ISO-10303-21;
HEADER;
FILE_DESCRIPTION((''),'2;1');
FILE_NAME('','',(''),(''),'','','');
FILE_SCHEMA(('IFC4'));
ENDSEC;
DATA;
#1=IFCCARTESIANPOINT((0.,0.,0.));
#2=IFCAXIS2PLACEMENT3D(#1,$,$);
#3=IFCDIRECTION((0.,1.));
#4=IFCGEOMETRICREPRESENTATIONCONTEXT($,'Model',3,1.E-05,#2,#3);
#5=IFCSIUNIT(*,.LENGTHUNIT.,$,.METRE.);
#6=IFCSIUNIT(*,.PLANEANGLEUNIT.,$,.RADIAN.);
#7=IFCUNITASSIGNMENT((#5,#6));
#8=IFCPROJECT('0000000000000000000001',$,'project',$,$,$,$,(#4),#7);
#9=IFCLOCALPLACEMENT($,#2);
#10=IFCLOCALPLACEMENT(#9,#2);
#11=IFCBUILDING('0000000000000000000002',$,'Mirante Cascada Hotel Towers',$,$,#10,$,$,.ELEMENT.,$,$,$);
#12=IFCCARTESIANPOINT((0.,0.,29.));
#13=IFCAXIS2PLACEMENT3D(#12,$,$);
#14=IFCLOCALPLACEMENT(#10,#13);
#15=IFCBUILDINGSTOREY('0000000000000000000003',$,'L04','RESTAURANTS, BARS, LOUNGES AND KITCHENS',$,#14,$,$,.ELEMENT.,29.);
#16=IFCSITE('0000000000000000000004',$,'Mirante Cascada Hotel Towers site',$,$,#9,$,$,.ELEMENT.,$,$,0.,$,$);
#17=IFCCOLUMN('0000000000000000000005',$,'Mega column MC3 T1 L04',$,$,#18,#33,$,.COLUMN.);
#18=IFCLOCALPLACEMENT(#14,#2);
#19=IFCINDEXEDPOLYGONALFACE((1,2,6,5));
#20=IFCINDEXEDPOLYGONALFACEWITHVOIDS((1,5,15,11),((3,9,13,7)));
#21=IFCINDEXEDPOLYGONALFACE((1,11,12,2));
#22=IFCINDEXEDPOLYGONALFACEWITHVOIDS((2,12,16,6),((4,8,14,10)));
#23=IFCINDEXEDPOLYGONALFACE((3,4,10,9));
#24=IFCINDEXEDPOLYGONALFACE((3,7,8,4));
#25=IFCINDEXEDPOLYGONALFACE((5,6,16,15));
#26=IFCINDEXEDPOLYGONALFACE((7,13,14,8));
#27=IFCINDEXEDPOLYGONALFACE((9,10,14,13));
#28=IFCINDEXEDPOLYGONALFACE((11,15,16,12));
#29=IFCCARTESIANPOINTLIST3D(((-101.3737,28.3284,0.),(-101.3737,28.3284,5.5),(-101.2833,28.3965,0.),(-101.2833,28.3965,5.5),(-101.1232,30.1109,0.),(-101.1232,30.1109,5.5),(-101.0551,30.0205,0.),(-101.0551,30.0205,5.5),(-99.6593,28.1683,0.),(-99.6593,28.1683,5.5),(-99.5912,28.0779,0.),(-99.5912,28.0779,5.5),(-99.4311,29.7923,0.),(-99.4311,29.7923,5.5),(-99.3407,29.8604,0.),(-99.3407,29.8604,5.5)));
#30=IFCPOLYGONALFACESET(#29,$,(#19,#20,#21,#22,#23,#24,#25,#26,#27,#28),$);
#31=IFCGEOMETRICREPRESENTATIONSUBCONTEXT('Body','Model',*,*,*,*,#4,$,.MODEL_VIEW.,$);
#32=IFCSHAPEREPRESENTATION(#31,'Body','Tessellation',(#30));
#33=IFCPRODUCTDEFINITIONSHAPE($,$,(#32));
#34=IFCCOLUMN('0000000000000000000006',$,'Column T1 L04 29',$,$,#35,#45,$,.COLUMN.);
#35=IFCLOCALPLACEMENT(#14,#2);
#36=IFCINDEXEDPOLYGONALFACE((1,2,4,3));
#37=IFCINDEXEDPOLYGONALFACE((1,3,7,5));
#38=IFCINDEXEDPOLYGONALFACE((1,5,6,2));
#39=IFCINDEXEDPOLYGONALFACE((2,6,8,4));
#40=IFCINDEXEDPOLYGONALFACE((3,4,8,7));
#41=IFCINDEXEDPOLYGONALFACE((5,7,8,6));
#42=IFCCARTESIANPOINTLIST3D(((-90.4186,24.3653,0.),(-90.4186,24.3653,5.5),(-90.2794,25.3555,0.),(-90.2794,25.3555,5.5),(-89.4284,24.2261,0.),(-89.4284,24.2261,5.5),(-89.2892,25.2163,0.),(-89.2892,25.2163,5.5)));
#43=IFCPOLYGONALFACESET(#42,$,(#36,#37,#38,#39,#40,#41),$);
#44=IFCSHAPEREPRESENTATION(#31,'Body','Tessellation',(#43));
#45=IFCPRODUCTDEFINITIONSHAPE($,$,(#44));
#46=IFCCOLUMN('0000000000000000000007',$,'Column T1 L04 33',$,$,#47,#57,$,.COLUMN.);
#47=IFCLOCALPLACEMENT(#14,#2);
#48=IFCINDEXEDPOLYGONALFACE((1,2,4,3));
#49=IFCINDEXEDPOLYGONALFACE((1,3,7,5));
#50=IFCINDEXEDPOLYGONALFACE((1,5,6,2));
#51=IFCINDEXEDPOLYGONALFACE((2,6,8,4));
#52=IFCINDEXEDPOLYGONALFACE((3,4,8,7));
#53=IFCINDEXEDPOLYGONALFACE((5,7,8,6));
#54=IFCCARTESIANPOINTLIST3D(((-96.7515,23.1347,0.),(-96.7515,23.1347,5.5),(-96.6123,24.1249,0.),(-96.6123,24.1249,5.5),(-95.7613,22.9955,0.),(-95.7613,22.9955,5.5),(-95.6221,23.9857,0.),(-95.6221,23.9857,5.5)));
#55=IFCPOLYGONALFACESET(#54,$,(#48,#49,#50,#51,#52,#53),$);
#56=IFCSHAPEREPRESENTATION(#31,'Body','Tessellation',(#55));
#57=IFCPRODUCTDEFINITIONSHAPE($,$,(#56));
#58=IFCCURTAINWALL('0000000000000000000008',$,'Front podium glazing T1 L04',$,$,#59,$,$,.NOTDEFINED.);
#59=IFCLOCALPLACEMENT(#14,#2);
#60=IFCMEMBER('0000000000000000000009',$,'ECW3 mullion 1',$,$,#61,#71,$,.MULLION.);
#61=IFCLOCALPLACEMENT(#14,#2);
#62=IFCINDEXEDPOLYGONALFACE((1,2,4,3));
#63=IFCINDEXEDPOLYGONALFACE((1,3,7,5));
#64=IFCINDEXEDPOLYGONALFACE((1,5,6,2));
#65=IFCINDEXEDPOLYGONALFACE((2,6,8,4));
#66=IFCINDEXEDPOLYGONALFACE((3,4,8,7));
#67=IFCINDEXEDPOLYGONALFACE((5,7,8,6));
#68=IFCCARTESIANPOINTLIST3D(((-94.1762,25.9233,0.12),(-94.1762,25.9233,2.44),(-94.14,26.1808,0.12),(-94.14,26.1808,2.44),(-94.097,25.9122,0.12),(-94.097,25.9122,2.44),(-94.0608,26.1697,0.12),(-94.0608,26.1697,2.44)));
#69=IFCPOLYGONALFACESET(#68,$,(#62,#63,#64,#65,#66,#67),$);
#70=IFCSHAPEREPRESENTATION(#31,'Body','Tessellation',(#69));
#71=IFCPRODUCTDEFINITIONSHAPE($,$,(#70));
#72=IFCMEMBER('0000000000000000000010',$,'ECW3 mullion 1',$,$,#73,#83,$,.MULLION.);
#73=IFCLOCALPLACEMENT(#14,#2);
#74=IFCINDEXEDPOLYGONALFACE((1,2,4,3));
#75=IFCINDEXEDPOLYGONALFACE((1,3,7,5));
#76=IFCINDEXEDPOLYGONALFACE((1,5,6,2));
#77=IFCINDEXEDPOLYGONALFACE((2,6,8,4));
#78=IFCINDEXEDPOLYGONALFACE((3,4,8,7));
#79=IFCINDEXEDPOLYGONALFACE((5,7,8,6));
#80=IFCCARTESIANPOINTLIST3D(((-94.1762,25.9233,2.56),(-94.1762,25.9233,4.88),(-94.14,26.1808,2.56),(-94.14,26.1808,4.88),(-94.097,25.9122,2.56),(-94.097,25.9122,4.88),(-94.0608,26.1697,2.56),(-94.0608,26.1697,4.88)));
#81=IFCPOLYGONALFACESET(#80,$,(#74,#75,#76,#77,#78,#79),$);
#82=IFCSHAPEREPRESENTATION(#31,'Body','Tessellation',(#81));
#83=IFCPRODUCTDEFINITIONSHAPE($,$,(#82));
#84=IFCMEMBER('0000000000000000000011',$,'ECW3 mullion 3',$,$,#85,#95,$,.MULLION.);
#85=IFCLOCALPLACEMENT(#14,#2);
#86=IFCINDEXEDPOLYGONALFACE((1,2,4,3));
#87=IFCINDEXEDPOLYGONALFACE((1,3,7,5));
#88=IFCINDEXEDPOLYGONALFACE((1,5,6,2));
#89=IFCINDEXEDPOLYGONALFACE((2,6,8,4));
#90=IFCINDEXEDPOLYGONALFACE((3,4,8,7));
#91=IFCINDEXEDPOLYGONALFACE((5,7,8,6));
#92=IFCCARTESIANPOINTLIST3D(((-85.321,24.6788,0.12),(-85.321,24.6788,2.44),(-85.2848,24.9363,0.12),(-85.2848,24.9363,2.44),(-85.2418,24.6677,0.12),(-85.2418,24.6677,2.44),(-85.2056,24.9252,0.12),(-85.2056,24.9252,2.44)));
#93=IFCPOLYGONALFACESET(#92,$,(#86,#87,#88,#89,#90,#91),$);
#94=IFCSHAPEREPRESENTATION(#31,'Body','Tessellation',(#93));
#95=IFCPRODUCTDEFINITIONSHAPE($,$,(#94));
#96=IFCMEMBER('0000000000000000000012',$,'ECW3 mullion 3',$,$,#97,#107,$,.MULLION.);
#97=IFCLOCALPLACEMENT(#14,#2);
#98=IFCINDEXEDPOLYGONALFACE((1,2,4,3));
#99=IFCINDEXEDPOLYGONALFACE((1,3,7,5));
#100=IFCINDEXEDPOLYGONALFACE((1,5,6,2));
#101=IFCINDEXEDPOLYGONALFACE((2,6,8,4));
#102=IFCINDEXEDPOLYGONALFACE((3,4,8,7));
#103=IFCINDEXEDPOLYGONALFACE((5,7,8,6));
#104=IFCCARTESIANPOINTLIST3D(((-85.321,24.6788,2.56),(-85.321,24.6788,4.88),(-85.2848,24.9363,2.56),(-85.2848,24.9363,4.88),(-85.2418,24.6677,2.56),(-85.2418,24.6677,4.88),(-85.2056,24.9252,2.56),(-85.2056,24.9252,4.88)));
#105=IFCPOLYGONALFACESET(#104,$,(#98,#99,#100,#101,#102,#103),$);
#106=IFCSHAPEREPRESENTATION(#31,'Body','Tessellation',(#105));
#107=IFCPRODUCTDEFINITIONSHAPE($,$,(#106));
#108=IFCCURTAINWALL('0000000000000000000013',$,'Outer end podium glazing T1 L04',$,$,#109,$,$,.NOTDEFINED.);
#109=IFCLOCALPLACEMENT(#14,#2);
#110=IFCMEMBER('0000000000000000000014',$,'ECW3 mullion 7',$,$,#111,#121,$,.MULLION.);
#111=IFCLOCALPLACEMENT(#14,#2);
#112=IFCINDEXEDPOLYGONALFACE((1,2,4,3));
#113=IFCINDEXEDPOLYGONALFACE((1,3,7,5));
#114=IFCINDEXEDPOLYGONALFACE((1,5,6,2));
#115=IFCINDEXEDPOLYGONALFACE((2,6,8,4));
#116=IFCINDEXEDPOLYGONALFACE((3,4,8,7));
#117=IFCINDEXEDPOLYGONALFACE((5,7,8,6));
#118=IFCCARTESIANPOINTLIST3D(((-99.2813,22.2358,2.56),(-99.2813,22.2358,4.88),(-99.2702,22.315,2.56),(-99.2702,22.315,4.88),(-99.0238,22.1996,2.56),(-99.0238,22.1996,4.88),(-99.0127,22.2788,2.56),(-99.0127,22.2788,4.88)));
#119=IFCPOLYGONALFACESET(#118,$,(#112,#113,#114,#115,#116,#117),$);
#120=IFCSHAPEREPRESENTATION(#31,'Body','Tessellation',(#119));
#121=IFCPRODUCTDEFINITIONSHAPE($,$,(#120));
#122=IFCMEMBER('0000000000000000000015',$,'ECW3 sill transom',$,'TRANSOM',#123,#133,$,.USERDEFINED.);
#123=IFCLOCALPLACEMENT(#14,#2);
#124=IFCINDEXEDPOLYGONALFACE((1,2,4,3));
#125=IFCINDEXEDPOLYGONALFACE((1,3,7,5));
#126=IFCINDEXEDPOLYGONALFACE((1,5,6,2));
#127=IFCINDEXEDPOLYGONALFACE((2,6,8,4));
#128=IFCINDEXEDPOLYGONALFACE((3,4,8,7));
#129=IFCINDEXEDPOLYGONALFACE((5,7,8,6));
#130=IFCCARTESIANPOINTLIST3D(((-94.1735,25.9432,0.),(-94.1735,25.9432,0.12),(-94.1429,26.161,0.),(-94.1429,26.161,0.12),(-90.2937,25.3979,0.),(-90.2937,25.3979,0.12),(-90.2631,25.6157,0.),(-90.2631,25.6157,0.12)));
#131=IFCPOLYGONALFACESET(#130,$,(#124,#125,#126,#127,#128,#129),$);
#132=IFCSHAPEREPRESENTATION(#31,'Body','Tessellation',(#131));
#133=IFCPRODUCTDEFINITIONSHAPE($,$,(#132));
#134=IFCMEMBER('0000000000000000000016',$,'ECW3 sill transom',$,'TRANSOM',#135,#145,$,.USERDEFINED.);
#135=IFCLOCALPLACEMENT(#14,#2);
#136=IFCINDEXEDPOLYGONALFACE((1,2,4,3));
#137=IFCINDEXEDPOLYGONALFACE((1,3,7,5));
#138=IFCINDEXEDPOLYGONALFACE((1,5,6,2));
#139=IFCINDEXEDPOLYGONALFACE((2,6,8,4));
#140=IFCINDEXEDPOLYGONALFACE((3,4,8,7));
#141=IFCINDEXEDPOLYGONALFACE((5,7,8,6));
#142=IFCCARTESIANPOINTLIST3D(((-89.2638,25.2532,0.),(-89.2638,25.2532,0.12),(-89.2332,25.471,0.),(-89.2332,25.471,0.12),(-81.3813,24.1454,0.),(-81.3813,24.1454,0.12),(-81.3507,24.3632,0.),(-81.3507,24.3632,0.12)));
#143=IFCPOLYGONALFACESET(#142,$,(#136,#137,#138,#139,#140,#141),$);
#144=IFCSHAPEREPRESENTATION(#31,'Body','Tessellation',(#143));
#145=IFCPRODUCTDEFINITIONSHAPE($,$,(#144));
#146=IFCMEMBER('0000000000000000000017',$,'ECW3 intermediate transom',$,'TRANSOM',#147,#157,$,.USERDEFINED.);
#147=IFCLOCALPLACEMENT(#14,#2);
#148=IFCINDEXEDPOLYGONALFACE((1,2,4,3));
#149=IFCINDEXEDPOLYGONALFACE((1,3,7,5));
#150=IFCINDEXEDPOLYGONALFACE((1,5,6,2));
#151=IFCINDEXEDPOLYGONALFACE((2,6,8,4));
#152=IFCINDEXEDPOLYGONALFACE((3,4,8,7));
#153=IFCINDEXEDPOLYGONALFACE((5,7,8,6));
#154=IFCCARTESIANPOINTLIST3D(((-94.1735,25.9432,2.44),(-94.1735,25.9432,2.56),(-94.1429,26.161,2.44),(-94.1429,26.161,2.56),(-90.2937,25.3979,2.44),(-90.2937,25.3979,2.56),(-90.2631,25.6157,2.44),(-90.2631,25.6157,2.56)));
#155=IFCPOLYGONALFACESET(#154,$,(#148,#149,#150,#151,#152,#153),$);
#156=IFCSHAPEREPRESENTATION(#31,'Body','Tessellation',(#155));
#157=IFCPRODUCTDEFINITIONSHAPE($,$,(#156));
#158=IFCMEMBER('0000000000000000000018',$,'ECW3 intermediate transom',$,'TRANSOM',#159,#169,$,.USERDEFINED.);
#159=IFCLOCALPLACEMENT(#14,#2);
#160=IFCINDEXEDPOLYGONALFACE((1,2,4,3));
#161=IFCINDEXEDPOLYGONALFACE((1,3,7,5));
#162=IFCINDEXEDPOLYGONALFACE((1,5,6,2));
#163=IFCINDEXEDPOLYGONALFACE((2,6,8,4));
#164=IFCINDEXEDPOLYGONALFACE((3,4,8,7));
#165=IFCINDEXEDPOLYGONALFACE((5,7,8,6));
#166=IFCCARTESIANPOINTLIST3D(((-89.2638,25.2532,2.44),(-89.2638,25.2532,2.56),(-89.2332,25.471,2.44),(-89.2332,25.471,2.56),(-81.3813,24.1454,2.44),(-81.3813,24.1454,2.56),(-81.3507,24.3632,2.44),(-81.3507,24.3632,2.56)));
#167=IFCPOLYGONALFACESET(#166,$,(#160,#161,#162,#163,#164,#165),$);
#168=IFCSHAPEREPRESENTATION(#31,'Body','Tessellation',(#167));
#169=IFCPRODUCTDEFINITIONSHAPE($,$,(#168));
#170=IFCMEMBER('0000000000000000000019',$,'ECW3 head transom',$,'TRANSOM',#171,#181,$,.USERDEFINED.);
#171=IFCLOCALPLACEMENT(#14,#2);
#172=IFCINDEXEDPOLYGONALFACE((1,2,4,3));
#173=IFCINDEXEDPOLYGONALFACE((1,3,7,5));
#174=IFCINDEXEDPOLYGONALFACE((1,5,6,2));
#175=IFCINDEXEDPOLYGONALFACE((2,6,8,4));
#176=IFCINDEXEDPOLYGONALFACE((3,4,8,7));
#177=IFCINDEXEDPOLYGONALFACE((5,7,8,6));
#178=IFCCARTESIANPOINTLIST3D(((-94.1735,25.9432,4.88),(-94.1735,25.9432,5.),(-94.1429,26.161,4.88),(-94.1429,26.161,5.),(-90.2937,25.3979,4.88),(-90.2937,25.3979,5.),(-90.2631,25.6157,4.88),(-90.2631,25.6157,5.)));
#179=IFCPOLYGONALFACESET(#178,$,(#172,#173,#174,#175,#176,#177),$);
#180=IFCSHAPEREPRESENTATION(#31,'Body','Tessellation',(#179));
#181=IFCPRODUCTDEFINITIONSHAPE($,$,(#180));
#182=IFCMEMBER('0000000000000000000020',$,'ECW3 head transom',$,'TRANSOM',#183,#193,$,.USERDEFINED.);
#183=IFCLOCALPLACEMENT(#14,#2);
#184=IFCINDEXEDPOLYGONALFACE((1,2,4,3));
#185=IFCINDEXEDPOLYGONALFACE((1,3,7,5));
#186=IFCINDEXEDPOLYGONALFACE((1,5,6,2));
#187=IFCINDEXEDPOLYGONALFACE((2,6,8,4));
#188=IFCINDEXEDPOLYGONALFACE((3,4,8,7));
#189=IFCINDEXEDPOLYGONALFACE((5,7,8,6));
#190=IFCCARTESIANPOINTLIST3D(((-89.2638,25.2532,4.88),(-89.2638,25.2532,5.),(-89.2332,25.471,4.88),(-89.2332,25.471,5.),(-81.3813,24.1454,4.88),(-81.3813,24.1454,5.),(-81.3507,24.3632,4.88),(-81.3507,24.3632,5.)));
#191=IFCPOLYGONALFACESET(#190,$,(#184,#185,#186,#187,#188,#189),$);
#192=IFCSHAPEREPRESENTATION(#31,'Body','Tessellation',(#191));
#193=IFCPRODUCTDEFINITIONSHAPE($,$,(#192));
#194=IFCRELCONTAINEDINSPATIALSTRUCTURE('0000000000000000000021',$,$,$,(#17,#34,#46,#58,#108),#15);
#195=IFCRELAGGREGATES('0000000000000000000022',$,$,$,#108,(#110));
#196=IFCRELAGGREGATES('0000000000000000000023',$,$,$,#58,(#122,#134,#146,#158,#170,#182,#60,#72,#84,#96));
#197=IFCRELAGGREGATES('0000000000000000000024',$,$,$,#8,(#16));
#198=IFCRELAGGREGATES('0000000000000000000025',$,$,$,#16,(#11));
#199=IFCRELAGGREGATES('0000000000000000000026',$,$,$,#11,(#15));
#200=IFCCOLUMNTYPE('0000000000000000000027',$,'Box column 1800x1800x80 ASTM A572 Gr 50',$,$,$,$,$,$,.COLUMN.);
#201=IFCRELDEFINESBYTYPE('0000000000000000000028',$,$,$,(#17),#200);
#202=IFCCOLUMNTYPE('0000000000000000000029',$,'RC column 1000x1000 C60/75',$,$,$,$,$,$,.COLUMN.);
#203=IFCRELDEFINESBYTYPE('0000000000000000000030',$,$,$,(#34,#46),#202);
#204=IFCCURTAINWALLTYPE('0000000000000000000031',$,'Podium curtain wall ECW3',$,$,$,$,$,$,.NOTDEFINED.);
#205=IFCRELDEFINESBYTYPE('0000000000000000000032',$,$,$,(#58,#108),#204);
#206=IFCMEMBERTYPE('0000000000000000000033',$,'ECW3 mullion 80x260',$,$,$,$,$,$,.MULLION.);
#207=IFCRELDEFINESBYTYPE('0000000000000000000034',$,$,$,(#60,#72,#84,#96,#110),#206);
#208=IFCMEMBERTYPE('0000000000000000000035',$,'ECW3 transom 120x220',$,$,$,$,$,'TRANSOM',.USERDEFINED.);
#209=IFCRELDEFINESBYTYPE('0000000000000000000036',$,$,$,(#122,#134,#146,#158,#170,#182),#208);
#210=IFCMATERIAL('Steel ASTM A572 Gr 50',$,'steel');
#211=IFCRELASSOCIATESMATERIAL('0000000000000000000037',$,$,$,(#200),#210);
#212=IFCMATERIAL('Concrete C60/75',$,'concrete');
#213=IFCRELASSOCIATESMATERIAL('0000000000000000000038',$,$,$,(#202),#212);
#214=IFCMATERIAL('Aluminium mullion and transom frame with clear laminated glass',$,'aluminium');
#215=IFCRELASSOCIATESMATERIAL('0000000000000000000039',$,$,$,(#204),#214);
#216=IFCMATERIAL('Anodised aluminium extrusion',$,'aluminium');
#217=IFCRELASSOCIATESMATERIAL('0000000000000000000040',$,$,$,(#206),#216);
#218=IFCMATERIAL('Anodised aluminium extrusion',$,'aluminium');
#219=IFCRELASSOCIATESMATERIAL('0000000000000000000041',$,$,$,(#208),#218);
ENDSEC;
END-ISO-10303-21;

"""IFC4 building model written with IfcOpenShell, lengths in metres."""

from ifc_helpers import new_model, si_unit, direction, frame, origin, origin_2d, place, context, subcontext, project, spatial, rectangle, hollow_rectangle, extrude, material, material_profile, profile_set, type_object, element, aggregate, save


model = new_model("IFC4")

# Units and contexts
model_context = context("Model", 3, precision=1e-05, world=origin(), true_north=direction((0.0, 1.0)))
body_context = subcontext(model_context, "Body", "Model", "MODEL_VIEW")
ifc_project = project(units=[si_unit("LENGTHUNIT", "METRE"), si_unit("PLANEANGLEUNIT", "RADIAN")], contexts=[model_context])

# Site, building, storey
site_placement = place(None, origin())
site = spatial("IfcSite", under=ifc_project, at=site_placement, Name="Mirante Cascada Hotel Towers site", CompositionType="ELEMENT", RefElevation=0.0)
building_placement = place(site_placement, origin())
building = spatial("IfcBuilding", under=site, at=building_placement, Name="Mirante Cascada Hotel Towers", CompositionType="ELEMENT")
storey_placement = place(building_placement, frame((0.0, 0.0, 29.0)))
storey = spatial("IfcBuildingStorey", under=building, at=storey_placement, Name="L04", Description="RESTAURANTS, BARS, LOUNGES AND KITCHENS", CompositionType="ELEMENT", Elevation=29.0)

# Columns
ifc_material_1 = material(Name="Steel ASTM A572 Gr 50", Category="steel")
ifc_material_profile_1 = material_profile(ifc_material_1, hollow_rectangle(XDim=1.8, YDim=1.8, WallThickness=0.08, at=origin_2d()), Name="Box column 1800x1800x80 ASTM A572 Gr 50")
ifc_profile_set_1 = profile_set([ifc_material_profile_1], Name="Steel ASTM A572 Gr 50")
column_type_1 = type_object("IfcColumnType", Name="Box column 1800x1800x80 ASTM A572 Gr 50", PredefinedType="COLUMN", material=ifc_profile_set_1)
column_placement = place(storey_placement, frame((-100.3572, 29.0944, 0.0), z_axis=(0.0, 0.0, 1.0), x_axis=(-0.990268, 0.139173, 0.0)))
element("IfcColumn", 1, at=column_placement, inside=storey, type_object=column_type_1, Name="Mega column MC3 T1 L04", PredefinedType="COLUMN", context=body_context, shape_type="SweptSolid", body=[
    extrude(hollow_rectangle(XDim=1.8, YDim=1.8, WallThickness=0.08, at=origin_2d()), origin(), (0.0, 0.0, 1.0), 5.5),
])
ifc_material_2 = material(Name="Concrete C60/75", Category="concrete")
ifc_material_profile_2 = material_profile(ifc_material_2, rectangle(XDim=1.0, YDim=1.0, at=origin_2d()), Name="RC column 1000x1000 C60/75")
ifc_profile_set_2 = profile_set([ifc_material_profile_2], Name="Concrete C60/75")
column_type_2 = type_object("IfcColumnType", Name="RC column 1000x1000 C60/75", PredefinedType="COLUMN", material=ifc_profile_set_2)
for number, where, z_axis, x_axis, name in (
    (2, (-89.8539, 24.7908, 0.0), (0.0, 0.0, 1.0), (-0.990268, 0.139173, 0.0), "Column T1 L04 29"),
    (3, (-96.1868, 23.5602, 0.0), (0.0, 0.0, 1.0), (-0.990268, 0.139173, 0.0), "Column T1 L04 33"),
):
    element("IfcColumn", number, at=place(storey_placement, frame(where, z_axis=z_axis, x_axis=x_axis)), inside=storey, type_object=column_type_2, Name=name, PredefinedType="COLUMN", context=body_context, shape_type="SweptSolid", body=[
        extrude(rectangle(XDim=1.0, YDim=1.0, at=origin_2d()), origin(), (0.0, 0.0, 1.0), 5.5),
    ])

# Curtain wall, members
ifc_material_3 = material(Name="Aluminium mullion and transom frame with clear laminated glass", Category="aluminium")
curtain_wall_type = type_object("IfcCurtainWallType", Name="Podium curtain wall ECW3", PredefinedType="NOTDEFINED", material=ifc_material_3)
curtain_wall_1_placement = place(storey_placement, origin())
curtain_wall_1 = element("IfcCurtainWall", 4, at=curtain_wall_1_placement, inside=storey, type_object=curtain_wall_type, Name="Front podium glazing T1 L04", PredefinedType="NOTDEFINED")
ifc_material_4 = material(Name="Anodised aluminium extrusion", Category="aluminium")
ifc_material_profile_3 = material_profile(ifc_material_4, rectangle(XDim=0.26, YDim=0.08, at=origin_2d()), Name="ECW3 MULLION 80x260")
ifc_profile_set_3 = profile_set([ifc_material_profile_3], Name="Anodised aluminium extrusion")
member_type_1 = type_object("IfcMemberType", Name="ECW3 mullion 80x260", PredefinedType="MULLION", material=ifc_profile_set_3)
member_1_placement = place(storey_placement, frame((-94.1185, 26.0465, 0.12), z_axis=(0.0, 0.0, 1.0), x_axis=(0.139173, 0.990268, 0.0)))
member_1 = element("IfcMember", 5, at=member_1_placement, type_object=member_type_1, Name="ECW3 mullion 1", PredefinedType="MULLION", context=body_context, shape_type="SweptSolid", body=[
    extrude(rectangle(XDim=0.26, YDim=0.08, at=origin_2d()), origin(), (0.0, 0.0, 1.0), 2.32),
])
member_2_placement = place(storey_placement, frame((-94.1185, 26.0465, 2.56), z_axis=(0.0, 0.0, 1.0), x_axis=(0.139173, 0.990268, 0.0)))
member_2 = element("IfcMember", 6, at=member_2_placement, type_object=member_type_1, Name="ECW3 mullion 1", PredefinedType="MULLION", context=body_context, shape_type="SweptSolid", body=[
    extrude(rectangle(XDim=0.26, YDim=0.08, at=origin_2d()), origin(), (0.0, 0.0, 1.0), 2.32),
])
member_3_placement = place(storey_placement, frame((-85.2633, 24.802, 0.12), z_axis=(0.0, 0.0, 1.0), x_axis=(0.139173, 0.990268, 0.0)))
member_3 = element("IfcMember", 7, at=member_3_placement, type_object=member_type_1, Name="ECW3 mullion 3", PredefinedType="MULLION", context=body_context, shape_type="SweptSolid", body=[
    extrude(rectangle(XDim=0.26, YDim=0.08, at=origin_2d()), origin(), (0.0, 0.0, 1.0), 2.32),
])
member_4_placement = place(storey_placement, frame((-85.2633, 24.802, 2.56), z_axis=(0.0, 0.0, 1.0), x_axis=(0.139173, 0.990268, 0.0)))
member_4 = element("IfcMember", 8, at=member_4_placement, type_object=member_type_1, Name="ECW3 mullion 3", PredefinedType="MULLION", context=body_context, shape_type="SweptSolid", body=[
    extrude(rectangle(XDim=0.26, YDim=0.08, at=origin_2d()), origin(), (0.0, 0.0, 1.0), 2.32),
])

# Curtain wall, member
curtain_wall_2_placement = place(storey_placement, origin())
curtain_wall_2 = element("IfcCurtainWall", 9, at=curtain_wall_2_placement, inside=storey, type_object=curtain_wall_type, Name="Outer end podium glazing T1 L04", PredefinedType="NOTDEFINED")
member_5_placement = place(storey_placement, frame((-99.147, 22.2573, 2.56), z_axis=(0.0, 0.0, 1.0), x_axis=(-0.990268, 0.139173, 0.0)))
member_5 = element("IfcMember", 10, at=member_5_placement, type_object=member_type_1, Name="ECW3 mullion 7", PredefinedType="MULLION", context=body_context, shape_type="SweptSolid", body=[
    extrude(rectangle(XDim=0.26, YDim=0.08, at=origin_2d()), origin(), (0.0, 0.0, 1.0), 2.32),
])
aggregate(curtain_wall_2, [member_5])

# Members
ifc_material_5 = material(Name="Anodised aluminium extrusion", Category="aluminium")
ifc_material_profile_4 = material_profile(ifc_material_5, rectangle(XDim=0.22, YDim=0.12, at=origin_2d()), Name="ECW3 TRANSOM 120x220")
ifc_profile_set_4 = profile_set([ifc_material_profile_4], Name="Anodised aluminium extrusion")
member_type_2 = type_object("IfcMemberType", Name="ECW3 transom 120x220", ElementType="TRANSOM", PredefinedType="USERDEFINED", material=ifc_profile_set_4)
member_6_placement = place(storey_placement, frame((-94.1582, 26.0521, 0.06), z_axis=(0.990267, -0.139181, 0.0), x_axis=(0.139181, 0.990267, 0.0)))
member_6 = element("IfcMember", 11, at=member_6_placement, type_object=member_type_2, Name="ECW3 sill transom", ObjectType="TRANSOM", PredefinedType="USERDEFINED", context=body_context, shape_type="SweptSolid", body=[
    extrude(rectangle(XDim=0.22, YDim=0.12, at=origin_2d()), origin(), (0.0, 0.0, 1.0), 3.9179),
])
member_7_placement = place(storey_placement, frame((-89.2485, 25.3621, 0.06), z_axis=(0.990268, -0.139172, 0.0), x_axis=(0.139172, 0.990268, 0.0)))
member_7 = element("IfcMember", 12, at=member_7_placement, type_object=member_type_2, Name="ECW3 sill transom", ObjectType="TRANSOM", PredefinedType="USERDEFINED", context=body_context, shape_type="SweptSolid", body=[
    extrude(rectangle(XDim=0.22, YDim=0.12, at=origin_2d()), origin(), (0.0, 0.0, 1.0), 7.96),
])
member_8_placement = place(storey_placement, frame((-94.1582, 26.0521, 2.5), z_axis=(0.990267, -0.139181, 0.0), x_axis=(0.139181, 0.990267, 0.0)))
member_8 = element("IfcMember", 13, at=member_8_placement, type_object=member_type_2, Name="ECW3 intermediate transom", ObjectType="TRANSOM", PredefinedType="USERDEFINED", context=body_context, shape_type="SweptSolid", body=[
    extrude(rectangle(XDim=0.22, YDim=0.12, at=origin_2d()), origin(), (0.0, 0.0, 1.0), 3.9179),
])
member_9_placement = place(storey_placement, frame((-89.2485, 25.3621, 2.5), z_axis=(0.990268, -0.139172, 0.0), x_axis=(0.139172, 0.990268, 0.0)))
member_9 = element("IfcMember", 14, at=member_9_placement, type_object=member_type_2, Name="ECW3 intermediate transom", ObjectType="TRANSOM", PredefinedType="USERDEFINED", context=body_context, shape_type="SweptSolid", body=[
    extrude(rectangle(XDim=0.22, YDim=0.12, at=origin_2d()), origin(), (0.0, 0.0, 1.0), 7.96),
])
member_10_placement = place(storey_placement, frame((-94.1582, 26.0521, 4.94), z_axis=(0.990267, -0.139181, 0.0), x_axis=(0.139181, 0.990267, 0.0)))
member_10 = element("IfcMember", 15, at=member_10_placement, type_object=member_type_2, Name="ECW3 head transom", ObjectType="TRANSOM", PredefinedType="USERDEFINED", context=body_context, shape_type="SweptSolid", body=[
    extrude(rectangle(XDim=0.22, YDim=0.12, at=origin_2d()), origin(), (0.0, 0.0, 1.0), 3.9179),
])
member_11_placement = place(storey_placement, frame((-89.2485, 25.3621, 4.94), z_axis=(0.990268, -0.139172, 0.0), x_axis=(0.139172, 0.990268, 0.0)))
member_11 = element("IfcMember", 16, at=member_11_placement, type_object=member_type_2, Name="ECW3 head transom", ObjectType="TRANSOM", PredefinedType="USERDEFINED", context=body_context, shape_type="SweptSolid", body=[
    extrude(rectangle(XDim=0.22, YDim=0.12, at=origin_2d()), origin(), (0.0, 0.0, 1.0), 7.96),
])

aggregate(curtain_wall_1, [member_6, member_7, member_8, member_9, member_10, member_11, member_1, member_2, member_3, member_4])

save(model, "model.ifc")
